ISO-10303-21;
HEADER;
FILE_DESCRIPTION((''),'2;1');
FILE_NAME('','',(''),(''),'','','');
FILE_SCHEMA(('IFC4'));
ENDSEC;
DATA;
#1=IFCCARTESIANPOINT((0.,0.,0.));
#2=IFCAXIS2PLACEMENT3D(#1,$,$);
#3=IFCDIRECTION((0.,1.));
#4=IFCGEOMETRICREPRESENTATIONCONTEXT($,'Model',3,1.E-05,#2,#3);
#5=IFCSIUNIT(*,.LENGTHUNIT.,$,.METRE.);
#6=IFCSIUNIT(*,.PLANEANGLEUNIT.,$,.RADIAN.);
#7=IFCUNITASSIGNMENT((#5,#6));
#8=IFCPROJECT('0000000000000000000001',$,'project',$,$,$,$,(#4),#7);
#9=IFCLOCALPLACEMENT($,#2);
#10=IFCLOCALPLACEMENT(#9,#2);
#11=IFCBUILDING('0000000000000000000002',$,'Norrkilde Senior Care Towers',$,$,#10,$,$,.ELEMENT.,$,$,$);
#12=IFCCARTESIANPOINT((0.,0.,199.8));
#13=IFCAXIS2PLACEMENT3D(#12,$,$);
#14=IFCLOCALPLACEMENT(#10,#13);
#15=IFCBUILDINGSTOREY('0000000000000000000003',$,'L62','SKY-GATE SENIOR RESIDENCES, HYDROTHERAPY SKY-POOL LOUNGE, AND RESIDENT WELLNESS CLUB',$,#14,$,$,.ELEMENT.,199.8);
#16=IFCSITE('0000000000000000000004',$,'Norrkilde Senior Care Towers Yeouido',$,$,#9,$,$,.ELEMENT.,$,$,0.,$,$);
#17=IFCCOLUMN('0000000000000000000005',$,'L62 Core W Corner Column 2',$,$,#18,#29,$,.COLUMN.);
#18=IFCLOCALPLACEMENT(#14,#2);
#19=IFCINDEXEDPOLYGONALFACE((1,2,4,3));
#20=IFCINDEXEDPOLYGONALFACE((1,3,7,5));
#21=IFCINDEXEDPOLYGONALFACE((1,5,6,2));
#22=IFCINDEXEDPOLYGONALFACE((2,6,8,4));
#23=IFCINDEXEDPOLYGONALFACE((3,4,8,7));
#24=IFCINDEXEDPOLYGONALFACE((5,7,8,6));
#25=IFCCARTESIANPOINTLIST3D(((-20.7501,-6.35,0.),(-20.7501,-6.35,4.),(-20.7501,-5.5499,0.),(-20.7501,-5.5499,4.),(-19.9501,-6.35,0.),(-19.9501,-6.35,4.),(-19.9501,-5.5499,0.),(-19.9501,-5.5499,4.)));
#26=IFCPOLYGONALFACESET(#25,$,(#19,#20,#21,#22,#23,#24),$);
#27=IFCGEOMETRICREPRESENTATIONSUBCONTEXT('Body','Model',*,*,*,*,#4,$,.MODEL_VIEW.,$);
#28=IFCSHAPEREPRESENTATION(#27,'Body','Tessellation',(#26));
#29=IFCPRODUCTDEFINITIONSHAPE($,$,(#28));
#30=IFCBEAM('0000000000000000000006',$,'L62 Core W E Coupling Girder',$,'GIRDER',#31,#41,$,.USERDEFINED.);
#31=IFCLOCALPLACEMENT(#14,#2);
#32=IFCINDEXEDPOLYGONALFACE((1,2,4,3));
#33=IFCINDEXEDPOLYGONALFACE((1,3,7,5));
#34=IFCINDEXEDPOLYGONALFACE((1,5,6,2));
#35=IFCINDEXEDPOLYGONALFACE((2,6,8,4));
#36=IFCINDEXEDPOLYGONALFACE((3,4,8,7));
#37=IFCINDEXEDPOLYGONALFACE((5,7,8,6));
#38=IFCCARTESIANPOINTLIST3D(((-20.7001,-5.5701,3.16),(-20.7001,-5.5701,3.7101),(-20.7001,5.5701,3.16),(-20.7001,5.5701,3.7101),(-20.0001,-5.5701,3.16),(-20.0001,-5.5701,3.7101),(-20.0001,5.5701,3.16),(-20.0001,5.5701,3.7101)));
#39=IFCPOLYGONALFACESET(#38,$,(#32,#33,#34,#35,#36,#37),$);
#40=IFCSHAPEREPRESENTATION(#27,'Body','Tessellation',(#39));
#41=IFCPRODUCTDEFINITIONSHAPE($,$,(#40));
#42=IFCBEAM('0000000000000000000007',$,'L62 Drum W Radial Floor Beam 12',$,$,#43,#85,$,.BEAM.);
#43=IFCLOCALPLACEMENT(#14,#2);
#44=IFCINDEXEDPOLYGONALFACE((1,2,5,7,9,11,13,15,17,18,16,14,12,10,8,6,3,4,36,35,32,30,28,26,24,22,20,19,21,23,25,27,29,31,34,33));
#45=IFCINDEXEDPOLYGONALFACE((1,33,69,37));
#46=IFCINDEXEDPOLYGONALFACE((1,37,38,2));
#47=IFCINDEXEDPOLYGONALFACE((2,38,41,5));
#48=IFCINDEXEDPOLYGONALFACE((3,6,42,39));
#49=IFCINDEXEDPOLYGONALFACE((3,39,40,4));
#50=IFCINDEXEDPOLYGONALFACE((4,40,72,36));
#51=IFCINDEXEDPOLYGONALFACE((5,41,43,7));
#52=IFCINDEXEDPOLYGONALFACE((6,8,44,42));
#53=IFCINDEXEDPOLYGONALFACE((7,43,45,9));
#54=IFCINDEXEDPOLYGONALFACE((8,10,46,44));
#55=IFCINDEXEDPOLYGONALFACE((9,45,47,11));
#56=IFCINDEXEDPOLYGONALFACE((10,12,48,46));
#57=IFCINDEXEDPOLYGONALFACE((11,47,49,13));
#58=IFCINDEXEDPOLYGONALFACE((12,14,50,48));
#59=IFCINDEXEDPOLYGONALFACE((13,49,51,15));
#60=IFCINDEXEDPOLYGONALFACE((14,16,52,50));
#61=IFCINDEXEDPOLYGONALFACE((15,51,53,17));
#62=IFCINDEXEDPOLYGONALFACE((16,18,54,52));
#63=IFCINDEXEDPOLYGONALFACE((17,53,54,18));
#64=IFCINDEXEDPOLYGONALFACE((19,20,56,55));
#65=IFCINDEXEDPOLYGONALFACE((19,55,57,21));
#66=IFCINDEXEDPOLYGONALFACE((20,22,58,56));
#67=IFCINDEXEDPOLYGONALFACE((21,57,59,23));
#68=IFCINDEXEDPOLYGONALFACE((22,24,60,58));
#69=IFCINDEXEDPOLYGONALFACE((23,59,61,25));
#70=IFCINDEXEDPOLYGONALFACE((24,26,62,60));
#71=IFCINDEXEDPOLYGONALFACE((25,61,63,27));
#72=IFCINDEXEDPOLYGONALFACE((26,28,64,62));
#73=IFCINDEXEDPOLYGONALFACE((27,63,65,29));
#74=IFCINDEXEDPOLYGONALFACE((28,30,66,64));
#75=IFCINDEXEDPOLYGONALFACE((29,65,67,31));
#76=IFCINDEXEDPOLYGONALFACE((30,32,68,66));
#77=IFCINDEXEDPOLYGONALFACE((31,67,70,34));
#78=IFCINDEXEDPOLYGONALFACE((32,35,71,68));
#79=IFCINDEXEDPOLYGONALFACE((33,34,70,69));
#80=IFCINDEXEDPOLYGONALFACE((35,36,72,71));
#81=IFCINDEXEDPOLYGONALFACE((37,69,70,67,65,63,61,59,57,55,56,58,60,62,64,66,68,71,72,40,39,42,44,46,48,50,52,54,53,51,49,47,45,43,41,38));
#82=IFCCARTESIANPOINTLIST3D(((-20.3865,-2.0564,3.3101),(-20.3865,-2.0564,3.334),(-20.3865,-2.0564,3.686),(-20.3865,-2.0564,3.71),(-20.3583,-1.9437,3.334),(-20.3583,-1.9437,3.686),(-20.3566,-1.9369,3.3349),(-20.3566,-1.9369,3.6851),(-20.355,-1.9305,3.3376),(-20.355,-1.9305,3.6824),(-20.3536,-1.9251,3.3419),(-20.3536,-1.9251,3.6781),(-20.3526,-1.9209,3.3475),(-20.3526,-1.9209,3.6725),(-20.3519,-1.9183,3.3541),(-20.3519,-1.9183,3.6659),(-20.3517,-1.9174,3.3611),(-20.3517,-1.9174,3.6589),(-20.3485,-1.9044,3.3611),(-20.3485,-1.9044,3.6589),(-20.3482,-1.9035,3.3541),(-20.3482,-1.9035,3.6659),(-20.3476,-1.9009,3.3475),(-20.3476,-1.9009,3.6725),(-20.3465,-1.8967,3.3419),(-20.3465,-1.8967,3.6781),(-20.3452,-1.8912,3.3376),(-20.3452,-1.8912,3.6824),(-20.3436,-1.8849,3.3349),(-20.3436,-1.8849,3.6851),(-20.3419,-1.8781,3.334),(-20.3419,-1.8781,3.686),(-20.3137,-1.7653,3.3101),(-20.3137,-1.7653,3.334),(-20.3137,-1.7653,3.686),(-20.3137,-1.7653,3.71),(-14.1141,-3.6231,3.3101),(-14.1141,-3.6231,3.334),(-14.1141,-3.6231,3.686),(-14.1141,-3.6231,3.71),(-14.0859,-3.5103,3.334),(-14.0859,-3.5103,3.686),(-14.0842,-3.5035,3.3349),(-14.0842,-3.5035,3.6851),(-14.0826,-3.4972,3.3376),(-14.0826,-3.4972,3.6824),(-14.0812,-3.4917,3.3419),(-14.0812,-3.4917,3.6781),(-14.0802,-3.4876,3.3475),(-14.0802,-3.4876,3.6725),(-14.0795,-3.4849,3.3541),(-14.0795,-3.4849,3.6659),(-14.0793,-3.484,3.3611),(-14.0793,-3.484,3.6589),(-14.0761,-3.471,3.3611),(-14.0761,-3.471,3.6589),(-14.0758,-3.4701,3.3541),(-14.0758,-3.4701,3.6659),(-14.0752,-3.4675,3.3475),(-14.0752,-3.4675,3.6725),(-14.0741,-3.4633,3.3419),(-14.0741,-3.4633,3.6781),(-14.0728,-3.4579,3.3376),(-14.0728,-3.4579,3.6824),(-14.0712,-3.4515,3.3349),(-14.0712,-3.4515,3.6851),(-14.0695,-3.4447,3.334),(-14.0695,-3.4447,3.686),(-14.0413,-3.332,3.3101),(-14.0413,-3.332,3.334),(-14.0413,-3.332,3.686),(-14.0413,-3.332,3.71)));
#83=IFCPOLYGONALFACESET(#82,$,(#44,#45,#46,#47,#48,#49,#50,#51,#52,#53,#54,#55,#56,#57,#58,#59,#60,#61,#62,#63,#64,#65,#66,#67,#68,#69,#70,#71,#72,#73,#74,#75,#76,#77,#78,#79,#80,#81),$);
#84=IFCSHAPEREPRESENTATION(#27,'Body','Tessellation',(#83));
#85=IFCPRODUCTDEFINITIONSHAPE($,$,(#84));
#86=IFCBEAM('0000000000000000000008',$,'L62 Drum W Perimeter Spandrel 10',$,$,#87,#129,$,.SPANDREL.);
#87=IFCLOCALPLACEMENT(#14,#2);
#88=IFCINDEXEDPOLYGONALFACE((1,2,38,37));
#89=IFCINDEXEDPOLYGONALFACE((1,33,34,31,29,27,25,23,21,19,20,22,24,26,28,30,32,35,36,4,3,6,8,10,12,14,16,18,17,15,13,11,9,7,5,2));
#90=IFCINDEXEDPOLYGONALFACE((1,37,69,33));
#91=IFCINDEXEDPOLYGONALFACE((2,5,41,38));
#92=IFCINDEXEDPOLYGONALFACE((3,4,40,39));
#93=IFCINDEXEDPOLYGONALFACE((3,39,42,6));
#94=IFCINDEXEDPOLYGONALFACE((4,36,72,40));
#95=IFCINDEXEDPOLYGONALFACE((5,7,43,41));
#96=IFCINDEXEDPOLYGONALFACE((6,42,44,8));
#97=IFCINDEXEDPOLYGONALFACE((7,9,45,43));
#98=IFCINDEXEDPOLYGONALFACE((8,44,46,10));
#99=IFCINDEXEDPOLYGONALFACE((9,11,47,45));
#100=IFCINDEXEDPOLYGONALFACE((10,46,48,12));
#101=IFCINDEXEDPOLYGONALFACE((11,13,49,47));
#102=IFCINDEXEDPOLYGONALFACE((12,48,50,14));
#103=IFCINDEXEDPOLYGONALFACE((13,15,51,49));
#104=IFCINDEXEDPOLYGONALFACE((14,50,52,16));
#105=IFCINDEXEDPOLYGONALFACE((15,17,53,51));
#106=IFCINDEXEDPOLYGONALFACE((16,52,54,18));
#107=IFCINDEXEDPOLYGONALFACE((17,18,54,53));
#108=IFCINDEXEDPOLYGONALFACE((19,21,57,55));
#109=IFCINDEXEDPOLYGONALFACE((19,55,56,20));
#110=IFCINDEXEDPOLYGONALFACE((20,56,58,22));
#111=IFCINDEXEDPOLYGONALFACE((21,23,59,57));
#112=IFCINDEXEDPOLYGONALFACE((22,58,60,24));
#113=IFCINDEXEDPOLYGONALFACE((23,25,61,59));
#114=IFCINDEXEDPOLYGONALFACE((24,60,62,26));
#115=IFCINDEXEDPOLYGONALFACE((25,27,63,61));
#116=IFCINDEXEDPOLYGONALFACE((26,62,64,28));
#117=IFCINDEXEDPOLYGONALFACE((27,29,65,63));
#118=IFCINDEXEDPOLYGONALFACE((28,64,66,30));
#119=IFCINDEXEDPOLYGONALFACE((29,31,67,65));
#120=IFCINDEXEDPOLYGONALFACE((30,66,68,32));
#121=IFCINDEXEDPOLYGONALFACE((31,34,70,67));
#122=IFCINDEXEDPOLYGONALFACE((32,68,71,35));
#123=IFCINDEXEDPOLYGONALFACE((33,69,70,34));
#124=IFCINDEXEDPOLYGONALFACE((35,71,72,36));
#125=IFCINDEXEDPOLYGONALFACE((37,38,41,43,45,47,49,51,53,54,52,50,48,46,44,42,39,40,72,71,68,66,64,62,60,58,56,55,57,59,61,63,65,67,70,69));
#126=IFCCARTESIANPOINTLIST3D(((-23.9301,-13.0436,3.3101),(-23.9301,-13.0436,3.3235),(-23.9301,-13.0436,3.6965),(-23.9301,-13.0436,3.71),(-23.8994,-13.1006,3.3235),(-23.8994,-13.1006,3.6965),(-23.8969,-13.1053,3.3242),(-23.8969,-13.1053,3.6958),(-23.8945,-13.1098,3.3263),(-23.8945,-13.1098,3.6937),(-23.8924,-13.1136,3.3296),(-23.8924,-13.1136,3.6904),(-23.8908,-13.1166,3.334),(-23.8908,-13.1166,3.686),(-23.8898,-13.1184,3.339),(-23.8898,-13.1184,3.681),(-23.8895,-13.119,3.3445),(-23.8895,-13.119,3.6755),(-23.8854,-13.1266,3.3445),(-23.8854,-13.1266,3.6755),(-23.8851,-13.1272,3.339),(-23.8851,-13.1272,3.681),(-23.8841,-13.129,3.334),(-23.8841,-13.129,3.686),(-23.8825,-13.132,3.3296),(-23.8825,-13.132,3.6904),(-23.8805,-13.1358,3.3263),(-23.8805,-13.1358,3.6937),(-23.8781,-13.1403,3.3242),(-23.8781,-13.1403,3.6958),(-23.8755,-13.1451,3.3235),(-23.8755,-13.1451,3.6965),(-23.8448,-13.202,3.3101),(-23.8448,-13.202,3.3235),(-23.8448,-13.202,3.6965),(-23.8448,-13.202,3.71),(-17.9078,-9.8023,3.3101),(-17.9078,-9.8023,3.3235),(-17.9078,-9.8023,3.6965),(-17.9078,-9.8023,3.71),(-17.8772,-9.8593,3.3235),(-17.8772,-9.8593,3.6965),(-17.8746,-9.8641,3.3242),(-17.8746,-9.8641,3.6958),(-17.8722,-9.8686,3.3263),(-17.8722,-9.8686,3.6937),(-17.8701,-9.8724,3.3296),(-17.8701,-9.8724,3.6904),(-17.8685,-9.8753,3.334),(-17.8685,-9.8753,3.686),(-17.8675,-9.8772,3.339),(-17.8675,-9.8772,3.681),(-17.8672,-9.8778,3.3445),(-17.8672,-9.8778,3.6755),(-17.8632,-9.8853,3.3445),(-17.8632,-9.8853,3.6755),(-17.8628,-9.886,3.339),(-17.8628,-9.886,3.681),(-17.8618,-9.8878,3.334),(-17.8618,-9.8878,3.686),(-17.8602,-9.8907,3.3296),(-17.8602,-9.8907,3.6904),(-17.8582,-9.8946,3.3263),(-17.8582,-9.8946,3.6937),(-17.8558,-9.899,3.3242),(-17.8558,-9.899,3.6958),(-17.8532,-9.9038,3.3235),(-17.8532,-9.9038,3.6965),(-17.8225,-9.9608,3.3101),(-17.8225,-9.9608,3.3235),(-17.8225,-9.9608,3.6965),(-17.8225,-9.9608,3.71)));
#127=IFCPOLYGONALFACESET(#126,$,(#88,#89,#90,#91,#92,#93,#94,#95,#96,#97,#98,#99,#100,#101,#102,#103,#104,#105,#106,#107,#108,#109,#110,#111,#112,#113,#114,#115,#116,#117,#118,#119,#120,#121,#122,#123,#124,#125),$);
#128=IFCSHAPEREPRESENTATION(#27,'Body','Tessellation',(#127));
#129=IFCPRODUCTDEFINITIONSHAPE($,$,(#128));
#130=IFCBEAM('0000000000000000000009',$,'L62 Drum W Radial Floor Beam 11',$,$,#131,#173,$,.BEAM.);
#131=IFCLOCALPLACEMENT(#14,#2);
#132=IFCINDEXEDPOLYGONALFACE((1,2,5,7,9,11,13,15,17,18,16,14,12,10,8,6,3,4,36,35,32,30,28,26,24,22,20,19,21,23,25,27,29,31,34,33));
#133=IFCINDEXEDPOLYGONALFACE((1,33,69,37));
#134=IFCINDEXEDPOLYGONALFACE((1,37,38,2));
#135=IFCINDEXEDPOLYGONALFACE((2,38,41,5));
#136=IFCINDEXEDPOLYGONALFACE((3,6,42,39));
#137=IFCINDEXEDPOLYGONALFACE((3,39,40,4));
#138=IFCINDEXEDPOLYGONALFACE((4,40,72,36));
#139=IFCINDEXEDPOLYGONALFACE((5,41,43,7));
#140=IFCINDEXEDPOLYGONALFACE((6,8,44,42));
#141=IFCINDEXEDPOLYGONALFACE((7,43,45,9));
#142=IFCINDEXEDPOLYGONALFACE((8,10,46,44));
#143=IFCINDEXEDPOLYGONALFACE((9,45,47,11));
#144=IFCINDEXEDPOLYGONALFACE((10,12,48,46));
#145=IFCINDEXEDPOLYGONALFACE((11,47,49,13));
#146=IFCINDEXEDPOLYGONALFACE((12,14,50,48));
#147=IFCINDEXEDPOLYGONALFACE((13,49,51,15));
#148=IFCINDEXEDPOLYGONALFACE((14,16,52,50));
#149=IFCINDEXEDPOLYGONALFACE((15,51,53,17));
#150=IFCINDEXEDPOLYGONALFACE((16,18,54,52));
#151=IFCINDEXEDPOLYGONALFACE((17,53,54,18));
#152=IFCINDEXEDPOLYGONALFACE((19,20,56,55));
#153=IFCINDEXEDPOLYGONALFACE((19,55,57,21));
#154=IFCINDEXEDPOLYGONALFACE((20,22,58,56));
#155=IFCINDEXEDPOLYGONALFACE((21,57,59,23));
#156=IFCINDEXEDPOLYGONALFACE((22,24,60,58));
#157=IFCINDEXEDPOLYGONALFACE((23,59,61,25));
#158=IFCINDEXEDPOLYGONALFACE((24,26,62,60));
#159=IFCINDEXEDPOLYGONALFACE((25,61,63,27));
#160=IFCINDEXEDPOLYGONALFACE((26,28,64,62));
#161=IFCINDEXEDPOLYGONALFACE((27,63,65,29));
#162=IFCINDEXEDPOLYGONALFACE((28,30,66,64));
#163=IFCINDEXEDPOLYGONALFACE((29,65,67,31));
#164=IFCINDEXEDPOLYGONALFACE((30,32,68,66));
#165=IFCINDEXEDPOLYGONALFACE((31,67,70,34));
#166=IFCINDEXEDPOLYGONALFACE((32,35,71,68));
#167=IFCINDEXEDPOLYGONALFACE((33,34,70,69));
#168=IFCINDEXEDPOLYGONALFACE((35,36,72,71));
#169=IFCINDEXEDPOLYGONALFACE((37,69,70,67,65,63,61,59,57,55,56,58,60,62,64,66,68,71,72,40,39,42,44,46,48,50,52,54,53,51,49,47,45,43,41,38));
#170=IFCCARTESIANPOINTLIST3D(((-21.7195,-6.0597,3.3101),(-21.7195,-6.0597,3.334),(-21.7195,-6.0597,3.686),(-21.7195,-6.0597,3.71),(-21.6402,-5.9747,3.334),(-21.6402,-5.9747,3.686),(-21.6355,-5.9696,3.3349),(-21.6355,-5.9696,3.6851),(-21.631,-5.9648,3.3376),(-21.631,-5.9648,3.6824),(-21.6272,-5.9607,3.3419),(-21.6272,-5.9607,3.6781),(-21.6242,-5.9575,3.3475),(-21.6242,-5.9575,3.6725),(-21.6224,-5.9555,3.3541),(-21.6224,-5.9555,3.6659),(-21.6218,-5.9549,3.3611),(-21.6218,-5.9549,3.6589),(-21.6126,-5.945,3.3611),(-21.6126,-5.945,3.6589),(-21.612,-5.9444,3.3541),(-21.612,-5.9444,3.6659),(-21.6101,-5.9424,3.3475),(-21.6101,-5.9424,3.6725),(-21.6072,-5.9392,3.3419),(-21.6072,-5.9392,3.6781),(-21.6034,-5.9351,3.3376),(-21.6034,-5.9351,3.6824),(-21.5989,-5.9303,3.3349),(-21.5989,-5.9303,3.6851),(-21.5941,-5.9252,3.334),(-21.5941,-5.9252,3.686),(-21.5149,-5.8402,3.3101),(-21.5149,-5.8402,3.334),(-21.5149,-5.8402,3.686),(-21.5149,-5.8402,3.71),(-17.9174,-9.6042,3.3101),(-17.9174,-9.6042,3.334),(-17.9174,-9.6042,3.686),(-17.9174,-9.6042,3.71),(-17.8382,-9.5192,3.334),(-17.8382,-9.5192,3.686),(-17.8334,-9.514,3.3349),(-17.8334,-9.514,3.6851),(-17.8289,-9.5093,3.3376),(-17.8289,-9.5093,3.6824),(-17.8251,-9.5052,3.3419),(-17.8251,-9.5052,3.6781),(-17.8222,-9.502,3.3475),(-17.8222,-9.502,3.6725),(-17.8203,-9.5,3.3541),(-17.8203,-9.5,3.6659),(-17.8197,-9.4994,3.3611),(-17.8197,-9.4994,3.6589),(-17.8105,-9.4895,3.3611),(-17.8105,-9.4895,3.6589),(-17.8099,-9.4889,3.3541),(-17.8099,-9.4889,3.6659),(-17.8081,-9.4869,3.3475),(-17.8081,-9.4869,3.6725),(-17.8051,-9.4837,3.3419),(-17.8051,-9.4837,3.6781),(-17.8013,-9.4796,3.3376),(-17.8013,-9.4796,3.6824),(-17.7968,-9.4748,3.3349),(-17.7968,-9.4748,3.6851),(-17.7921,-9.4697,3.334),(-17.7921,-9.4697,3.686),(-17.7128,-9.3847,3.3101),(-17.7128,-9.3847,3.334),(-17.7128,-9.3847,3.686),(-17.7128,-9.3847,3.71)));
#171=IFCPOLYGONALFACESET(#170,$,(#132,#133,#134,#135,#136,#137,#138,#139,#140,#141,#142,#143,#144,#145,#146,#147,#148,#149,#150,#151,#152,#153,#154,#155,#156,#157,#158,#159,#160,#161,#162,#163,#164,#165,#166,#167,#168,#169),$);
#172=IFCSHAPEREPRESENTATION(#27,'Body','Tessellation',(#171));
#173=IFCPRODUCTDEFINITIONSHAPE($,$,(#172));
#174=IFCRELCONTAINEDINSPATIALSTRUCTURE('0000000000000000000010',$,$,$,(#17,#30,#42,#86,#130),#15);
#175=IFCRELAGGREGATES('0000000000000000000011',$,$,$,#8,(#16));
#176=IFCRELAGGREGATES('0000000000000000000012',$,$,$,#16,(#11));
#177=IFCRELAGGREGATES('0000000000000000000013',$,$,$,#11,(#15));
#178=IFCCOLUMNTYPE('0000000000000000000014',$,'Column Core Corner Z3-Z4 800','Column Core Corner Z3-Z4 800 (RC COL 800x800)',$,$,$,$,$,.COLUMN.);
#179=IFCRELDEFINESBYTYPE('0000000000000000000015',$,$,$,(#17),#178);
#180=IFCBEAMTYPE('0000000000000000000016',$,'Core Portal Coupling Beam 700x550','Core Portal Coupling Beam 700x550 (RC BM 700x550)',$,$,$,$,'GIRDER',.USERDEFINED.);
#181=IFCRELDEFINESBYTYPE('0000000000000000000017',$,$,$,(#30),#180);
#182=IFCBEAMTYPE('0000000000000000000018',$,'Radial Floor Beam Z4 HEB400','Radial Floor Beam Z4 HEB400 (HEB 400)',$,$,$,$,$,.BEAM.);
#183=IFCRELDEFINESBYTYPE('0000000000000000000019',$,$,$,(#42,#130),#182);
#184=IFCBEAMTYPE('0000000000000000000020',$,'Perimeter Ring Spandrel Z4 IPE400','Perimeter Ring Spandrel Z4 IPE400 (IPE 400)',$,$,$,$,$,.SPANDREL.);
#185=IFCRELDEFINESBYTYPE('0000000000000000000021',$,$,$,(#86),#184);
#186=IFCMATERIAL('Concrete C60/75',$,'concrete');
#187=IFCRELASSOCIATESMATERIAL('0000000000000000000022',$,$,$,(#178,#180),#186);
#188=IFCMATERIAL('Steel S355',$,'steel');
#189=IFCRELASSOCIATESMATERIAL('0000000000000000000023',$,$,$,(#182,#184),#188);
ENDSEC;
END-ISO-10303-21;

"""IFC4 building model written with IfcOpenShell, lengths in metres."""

from ifc_helpers import new_model, si_unit, direction, frame, origin, origin_2d, place, context, subcontext, project, spatial, rectangle, i_section, extrude, source, transform, mapped, material, material_profile, profile_set, type_object, type_shapes, element, save


model = new_model("IFC4")

# Units and contexts
model_context = context("Model", 3, precision=1e-05, world=origin(), true_north=direction((0.0, 1.0)))
body_context = subcontext(model_context, "Body", "Model", "MODEL_VIEW")
ifc_project = project(units=[si_unit("LENGTHUNIT", "METRE"), si_unit("PLANEANGLEUNIT", "RADIAN")], contexts=[model_context])

# Site, building, storey
site_placement = place(None, origin())
site = spatial("IfcSite", under=ifc_project, at=site_placement, Name="Norrkilde Senior Care Towers Yeouido", CompositionType="ELEMENT", RefElevation=0.0)
building_placement = place(site_placement, origin())
building = spatial("IfcBuilding", under=site, at=building_placement, Name="Norrkilde Senior Care Towers", CompositionType="ELEMENT")
storey_placement = place(building_placement, frame((0.0, 0.0, 199.8)))
storey = spatial("IfcBuildingStorey", under=building, at=storey_placement, Name="L62", Description="SKY-GATE SENIOR RESIDENCES, HYDROTHERAPY SKY-POOL LOUNGE, AND RESIDENT WELLNESS CLUB", CompositionType="ELEMENT", Elevation=199.8)

# Column
ifc_material_1 = material(Name="Concrete C60/75", Category="concrete")
ifc_material_profile_1 = material_profile(ifc_material_1, rectangle(XDim=0.8, YDim=0.8, at=origin_2d()), Name="RC COL 800x800")
ifc_profile_set_1 = profile_set([ifc_material_profile_1], Name="Concrete C60/75")
column_type = type_object("IfcColumnType", Name="Column Core Corner Z3-Z4 800", Description="Column Core Corner Z3-Z4 800 (RC COL 800x800)", PredefinedType="COLUMN", material=ifc_profile_set_1)
shared_shape_1 = source(origin(), body_context, "Body", "SweptSolid", [
    extrude(rectangle(XDim=0.8, YDim=0.8, at=origin_2d()), origin(), (0.0, 0.0, 1.0), 4.0),
])
type_shapes(column_type, [shared_shape_1])
column_placement = place(storey_placement, frame((-20.3501, -5.95, 0.0), z_axis=(0.0, 0.0, 1.0), x_axis=(1.0, 0.0, 0.0)))
element("IfcColumn", 1, at=column_placement, inside=storey, type_object=column_type, Name="L62 Core W Corner Column 2", PredefinedType="COLUMN", context=body_context, shape_type="MappedRepresentation", body=[
    mapped(shared_shape_1, transform((0.0, 0.0, 0.0), x_axis=(1.0, 0.0, 0.0), y_axis=(0.0, 1.0, 0.0), z_axis=(0.0, 0.0, 1.0), scale=1.0)),
])

# Beams
ifc_material_profile_2 = material_profile(ifc_material_1, rectangle(XDim=0.7, YDim=0.55, at=origin_2d()), Name="RC BM 700x550")
ifc_profile_set_2 = profile_set([ifc_material_profile_2], Name="Concrete C60/75")
beam_type_1 = type_object("IfcBeamType", Name="Core Portal Coupling Beam 700x550", Description="Core Portal Coupling Beam 700x550 (RC BM 700x550)", ElementType="GIRDER", PredefinedType="USERDEFINED", material=ifc_profile_set_2)
shared_shape_2 = source(origin(), body_context, "Body", "SweptSolid", [
    extrude(rectangle(XDim=0.7, YDim=0.55, at=origin_2d()), origin(), (0.0, 0.0, 1.0), 11.1401),
])
type_shapes(beam_type_1, [shared_shape_2])
beam_1_placement = place(storey_placement, frame((-20.3501, -5.5701, 3.4351), z_axis=(0.0, 1.0, 0.0), x_axis=(-1.0, 0.0, 0.0)))
element("IfcBeam", 2, at=beam_1_placement, inside=storey, type_object=beam_type_1, Name="L62 Core W E Coupling Girder", ObjectType="GIRDER", PredefinedType="USERDEFINED", context=body_context, shape_type="MappedRepresentation", body=[
    mapped(shared_shape_2, transform((0.0, 0.0, 0.0), x_axis=(1.0, 0.0, 0.0), y_axis=(0.0, 1.0, 0.0), z_axis=(0.0, 0.0, 1.0), scale=1.0)),
])
ifc_material_2 = material(Name="Steel S355", Category="steel")
ifc_material_profile_3 = material_profile(ifc_material_2, i_section(OverallWidth=0.3, OverallDepth=0.3999, WebThickness=0.0134, FlangeThickness=0.0239, FilletRadius=0.0271, at=origin_2d()), Name="HEB 400")
ifc_profile_set_3 = profile_set([ifc_material_profile_3], Name="Steel S355")
beam_type_2 = type_object("IfcBeamType", Name="Radial Floor Beam Z4 HEB400", Description="Radial Floor Beam Z4 HEB400 (HEB 400)", PredefinedType="BEAM", material=ifc_profile_set_3)
shared_shape_3 = source(origin(), body_context, "Body", "SweptSolid", [
    extrude(i_section(OverallWidth=0.3, OverallDepth=0.3999, WebThickness=0.0134, FlangeThickness=0.0239, FilletRadius=0.0271, at=origin_2d()), origin(), (0.0, 0.0, 1.0), 6.4651),
])
beam_2_placement = place(storey_placement, frame((-20.3501, -1.9109, 3.51), z_axis=(0.970196, -0.242322, 0.0), x_axis=(0.242322, 0.970196, 0.0)))
element("IfcBeam", 3, at=beam_2_placement, inside=storey, type_object=beam_type_2, Name="L62 Drum W Radial Floor Beam 12", PredefinedType="BEAM", context=body_context, shape_type="MappedRepresentation", body=[
    mapped(shared_shape_3, transform((0.0, 0.0, 0.0), x_axis=(1.0, 0.0, 0.0), y_axis=(0.0, 1.0, 0.0), z_axis=(0.0, 0.0, 1.0), scale=1.0)),
])
ifc_material_profile_4 = material_profile(ifc_material_2, i_section(OverallWidth=0.1799, OverallDepth=0.3999, WebThickness=0.0085, FlangeThickness=0.0134, FilletRadius=0.021, at=origin_2d()), Name="IPE 400")
ifc_profile_set_4 = profile_set([ifc_material_profile_4], Name="Steel S355")
beam_type_3 = type_object("IfcBeamType", Name="Perimeter Ring Spandrel Z4 IPE400", Description="Perimeter Ring Spandrel Z4 IPE400 (IPE 400)", PredefinedType="SPANDREL", material=ifc_profile_set_4)
shared_shape_4 = source(origin(), body_context, "Body", "SweptSolid", [
    extrude(i_section(OverallWidth=0.1799, OverallDepth=0.3999, WebThickness=0.0085, FlangeThickness=0.0134, FilletRadius=0.021, at=origin_2d()), origin(), (0.0, 0.0, 1.0), 6.8391),
])
type_shapes(beam_type_3, [shared_shape_4])
beam_3_placement = place(storey_placement, frame((-23.8875, -13.1228, 3.51), z_axis=(0.880564, 0.473927, 0.0), x_axis=(-0.473927, 0.880564, 0.0)))
element("IfcBeam", 4, at=beam_3_placement, inside=storey, type_object=beam_type_3, Name="L62 Drum W Perimeter Spandrel 10", PredefinedType="SPANDREL", context=body_context, shape_type="MappedRepresentation", body=[
    mapped(shared_shape_4, transform((0.0, 0.0, 0.0), x_axis=(1.0, 0.0, 0.0), y_axis=(0.0, 1.0, 0.0), z_axis=(0.0, 0.0, 1.0), scale=1.0)),
])
shared_shape_5 = source(origin(), body_context, "Body", "SweptSolid", [
    extrude(i_section(OverallWidth=0.3, OverallDepth=0.3999, WebThickness=0.0134, FlangeThickness=0.0239, FilletRadius=0.0271, at=origin_2d()), origin(), (0.0, 0.0, 1.0), 5.198),
])
beam_4_placement = place(storey_placement, frame((-21.6172, -5.95, 3.51), z_axis=(0.731449, -0.681896, 0.0), x_axis=(0.681896, 0.731449, 0.0)))
element("IfcBeam", 5, at=beam_4_placement, inside=storey, type_object=beam_type_2, Name="L62 Drum W Radial Floor Beam 11", PredefinedType="BEAM", context=body_context, shape_type="MappedRepresentation", body=[
    mapped(shared_shape_5, transform((0.0, 0.0, 0.0), x_axis=(1.0, 0.0, 0.0), y_axis=(0.0, 1.0, 0.0), z_axis=(0.0, 0.0, 1.0), scale=1.0)),
])

save(model, "model.ifc")
